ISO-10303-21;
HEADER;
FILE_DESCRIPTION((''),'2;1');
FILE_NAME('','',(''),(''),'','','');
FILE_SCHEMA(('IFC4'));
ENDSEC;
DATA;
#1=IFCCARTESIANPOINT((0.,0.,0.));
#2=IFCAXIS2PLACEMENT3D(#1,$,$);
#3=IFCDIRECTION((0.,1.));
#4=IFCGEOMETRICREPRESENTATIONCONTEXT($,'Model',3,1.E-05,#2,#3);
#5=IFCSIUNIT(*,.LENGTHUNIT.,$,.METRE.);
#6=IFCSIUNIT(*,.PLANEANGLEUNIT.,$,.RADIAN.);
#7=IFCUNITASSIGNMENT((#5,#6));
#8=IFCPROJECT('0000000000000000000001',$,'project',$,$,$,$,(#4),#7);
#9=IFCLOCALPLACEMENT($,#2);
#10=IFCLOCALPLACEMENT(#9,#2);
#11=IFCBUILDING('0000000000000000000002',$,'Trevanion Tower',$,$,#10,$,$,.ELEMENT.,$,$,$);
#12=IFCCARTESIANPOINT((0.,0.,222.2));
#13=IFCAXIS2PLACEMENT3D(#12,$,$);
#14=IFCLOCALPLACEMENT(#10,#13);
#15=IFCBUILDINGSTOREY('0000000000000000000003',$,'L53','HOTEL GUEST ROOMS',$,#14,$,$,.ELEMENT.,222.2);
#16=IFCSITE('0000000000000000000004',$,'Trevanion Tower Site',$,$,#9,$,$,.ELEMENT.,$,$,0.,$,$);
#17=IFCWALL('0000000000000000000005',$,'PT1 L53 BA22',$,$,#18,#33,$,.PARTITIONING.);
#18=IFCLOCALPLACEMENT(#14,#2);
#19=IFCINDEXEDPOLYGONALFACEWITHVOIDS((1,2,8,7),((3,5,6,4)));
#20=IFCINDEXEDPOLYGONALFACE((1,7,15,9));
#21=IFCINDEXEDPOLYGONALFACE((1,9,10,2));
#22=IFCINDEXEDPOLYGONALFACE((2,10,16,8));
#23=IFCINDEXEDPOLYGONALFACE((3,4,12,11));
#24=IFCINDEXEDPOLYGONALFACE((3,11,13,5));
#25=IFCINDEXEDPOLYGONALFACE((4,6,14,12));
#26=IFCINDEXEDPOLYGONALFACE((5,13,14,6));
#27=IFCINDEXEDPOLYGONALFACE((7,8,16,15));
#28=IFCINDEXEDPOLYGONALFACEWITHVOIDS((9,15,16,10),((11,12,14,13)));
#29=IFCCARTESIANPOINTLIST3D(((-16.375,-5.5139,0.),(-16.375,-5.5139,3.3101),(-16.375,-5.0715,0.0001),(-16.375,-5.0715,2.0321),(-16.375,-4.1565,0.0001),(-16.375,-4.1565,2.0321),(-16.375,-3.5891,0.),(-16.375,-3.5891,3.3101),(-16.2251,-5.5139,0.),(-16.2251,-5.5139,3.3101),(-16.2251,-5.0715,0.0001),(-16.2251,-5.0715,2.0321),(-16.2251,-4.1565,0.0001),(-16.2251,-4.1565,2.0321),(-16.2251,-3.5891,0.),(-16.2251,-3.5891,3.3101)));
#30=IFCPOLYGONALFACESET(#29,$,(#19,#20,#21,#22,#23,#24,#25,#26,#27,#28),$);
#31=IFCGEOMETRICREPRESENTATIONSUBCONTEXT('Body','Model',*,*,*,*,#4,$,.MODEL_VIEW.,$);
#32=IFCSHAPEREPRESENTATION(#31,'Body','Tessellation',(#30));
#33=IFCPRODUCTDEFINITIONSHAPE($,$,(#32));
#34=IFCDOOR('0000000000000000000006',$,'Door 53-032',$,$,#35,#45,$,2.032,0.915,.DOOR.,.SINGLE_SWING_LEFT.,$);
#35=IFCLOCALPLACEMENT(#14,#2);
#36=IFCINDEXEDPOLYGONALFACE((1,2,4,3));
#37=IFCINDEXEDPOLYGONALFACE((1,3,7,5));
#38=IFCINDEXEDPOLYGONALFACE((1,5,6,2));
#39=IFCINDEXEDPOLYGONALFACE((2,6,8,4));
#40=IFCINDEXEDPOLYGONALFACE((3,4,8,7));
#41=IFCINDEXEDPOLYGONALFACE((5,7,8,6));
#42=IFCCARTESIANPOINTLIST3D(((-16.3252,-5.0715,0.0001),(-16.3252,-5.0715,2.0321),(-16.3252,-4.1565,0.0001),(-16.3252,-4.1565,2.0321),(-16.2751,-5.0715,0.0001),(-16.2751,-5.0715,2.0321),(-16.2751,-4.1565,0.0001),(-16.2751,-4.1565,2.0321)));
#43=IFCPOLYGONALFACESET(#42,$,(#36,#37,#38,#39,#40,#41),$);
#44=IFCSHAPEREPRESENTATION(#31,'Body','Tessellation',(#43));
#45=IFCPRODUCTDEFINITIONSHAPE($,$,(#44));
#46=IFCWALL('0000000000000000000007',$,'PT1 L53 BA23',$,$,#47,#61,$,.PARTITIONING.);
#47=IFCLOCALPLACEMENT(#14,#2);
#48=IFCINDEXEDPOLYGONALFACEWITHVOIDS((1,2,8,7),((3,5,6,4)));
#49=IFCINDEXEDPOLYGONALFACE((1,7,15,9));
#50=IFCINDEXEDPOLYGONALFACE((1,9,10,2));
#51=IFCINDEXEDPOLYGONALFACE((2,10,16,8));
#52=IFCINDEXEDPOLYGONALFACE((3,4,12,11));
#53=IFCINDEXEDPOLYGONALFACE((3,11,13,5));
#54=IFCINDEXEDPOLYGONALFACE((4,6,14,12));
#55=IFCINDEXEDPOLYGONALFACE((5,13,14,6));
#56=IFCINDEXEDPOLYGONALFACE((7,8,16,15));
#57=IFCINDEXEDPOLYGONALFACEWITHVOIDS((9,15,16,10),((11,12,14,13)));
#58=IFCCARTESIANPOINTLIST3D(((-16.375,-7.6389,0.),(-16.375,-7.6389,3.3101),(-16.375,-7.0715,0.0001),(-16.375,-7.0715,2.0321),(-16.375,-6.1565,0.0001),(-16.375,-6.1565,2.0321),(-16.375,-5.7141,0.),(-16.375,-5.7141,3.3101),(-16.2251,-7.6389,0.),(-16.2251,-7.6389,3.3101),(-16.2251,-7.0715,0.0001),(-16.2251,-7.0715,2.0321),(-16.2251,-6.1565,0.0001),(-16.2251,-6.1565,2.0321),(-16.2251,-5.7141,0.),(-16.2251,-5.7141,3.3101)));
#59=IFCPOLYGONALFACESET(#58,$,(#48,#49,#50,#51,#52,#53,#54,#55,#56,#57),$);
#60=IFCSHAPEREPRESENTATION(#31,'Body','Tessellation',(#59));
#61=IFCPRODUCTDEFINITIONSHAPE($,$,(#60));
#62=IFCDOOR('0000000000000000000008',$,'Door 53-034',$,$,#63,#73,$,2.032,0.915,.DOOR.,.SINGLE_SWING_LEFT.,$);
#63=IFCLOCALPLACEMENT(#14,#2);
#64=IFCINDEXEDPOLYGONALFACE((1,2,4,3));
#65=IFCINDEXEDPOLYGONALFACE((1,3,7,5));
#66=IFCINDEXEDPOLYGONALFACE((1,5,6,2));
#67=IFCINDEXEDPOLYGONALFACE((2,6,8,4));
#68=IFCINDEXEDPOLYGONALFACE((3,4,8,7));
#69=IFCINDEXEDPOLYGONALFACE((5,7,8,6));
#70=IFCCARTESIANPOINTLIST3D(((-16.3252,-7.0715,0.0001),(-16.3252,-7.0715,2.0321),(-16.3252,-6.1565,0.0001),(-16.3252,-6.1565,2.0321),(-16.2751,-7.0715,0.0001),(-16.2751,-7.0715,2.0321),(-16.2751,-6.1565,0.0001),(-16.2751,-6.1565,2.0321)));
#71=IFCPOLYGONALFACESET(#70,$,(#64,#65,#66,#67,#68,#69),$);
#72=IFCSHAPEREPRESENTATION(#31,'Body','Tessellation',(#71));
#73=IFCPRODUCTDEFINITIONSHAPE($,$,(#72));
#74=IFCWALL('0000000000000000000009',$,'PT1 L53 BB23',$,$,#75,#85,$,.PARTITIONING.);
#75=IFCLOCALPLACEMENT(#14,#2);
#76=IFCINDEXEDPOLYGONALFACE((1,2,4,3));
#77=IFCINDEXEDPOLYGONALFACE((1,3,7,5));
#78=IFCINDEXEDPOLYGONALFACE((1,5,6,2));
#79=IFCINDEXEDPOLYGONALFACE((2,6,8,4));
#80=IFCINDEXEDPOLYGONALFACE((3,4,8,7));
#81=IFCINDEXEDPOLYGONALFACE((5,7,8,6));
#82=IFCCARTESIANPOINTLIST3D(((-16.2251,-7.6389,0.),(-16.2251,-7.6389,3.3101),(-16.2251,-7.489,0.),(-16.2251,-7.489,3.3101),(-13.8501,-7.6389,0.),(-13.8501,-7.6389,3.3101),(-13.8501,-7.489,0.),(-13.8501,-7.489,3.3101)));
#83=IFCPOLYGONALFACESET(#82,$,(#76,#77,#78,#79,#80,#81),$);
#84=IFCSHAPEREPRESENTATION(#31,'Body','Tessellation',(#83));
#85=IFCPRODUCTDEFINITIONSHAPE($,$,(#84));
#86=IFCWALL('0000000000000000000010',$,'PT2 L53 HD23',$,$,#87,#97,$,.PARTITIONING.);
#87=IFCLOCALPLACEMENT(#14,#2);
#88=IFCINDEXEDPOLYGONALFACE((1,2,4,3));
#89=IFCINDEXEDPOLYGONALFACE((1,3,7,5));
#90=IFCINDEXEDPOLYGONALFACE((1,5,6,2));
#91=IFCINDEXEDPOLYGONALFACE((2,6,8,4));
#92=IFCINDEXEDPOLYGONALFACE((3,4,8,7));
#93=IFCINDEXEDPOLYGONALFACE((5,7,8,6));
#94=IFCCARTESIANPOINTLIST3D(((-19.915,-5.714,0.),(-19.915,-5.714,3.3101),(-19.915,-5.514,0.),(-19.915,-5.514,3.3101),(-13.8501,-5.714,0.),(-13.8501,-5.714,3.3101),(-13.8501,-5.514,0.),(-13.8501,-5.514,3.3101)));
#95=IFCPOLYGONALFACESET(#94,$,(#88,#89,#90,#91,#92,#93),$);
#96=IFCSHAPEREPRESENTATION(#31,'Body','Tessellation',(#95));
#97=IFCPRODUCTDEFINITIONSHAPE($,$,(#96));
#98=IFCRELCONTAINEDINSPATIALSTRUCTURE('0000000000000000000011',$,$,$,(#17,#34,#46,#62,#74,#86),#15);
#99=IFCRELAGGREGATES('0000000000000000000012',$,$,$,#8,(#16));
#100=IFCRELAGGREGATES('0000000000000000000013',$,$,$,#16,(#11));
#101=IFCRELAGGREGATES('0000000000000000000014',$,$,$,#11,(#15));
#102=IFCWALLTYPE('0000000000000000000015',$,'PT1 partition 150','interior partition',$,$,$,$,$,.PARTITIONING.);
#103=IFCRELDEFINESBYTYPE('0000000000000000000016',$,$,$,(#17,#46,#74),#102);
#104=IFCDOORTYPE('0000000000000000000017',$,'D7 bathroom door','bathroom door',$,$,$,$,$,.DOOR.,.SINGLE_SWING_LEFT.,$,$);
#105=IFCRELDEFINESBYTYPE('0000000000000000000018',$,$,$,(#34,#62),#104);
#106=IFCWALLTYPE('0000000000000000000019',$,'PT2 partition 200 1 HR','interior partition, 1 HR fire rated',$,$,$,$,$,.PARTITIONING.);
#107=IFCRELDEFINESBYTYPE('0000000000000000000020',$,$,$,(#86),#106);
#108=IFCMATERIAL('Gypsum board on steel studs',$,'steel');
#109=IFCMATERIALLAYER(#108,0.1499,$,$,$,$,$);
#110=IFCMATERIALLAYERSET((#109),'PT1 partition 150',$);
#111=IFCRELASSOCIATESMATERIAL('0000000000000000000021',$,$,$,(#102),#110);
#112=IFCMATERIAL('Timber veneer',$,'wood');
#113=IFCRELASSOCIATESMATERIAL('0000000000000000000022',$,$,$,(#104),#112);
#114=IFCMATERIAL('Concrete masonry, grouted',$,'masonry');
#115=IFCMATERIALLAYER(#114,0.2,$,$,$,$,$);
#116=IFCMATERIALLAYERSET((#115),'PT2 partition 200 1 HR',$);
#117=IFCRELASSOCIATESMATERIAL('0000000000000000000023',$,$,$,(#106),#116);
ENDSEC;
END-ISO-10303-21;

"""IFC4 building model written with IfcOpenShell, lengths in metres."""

from ifc_helpers import new_model, si_unit, direction, frame, frame_2d, origin, place, context, subcontext, project, spatial, rectangle, extrude, material, layer, layer_set, type_object, element, fill, save


model = new_model("IFC4")

# Units and contexts
model_context = context("Model", 3, precision=1e-05, world=origin(), true_north=direction((0.0, 1.0)))
body_context = subcontext(model_context, "Body", "Model", "MODEL_VIEW")
ifc_project = project(units=[si_unit("LENGTHUNIT", "METRE"), si_unit("PLANEANGLEUNIT", "RADIAN")], contexts=[model_context])

# Site, building, storey
site_placement = place(None, origin())
site = spatial("IfcSite", under=ifc_project, at=site_placement, Name="Trevanion Tower Site", CompositionType="ELEMENT", RefElevation=0.0)
building_placement = place(site_placement, origin())
building = spatial("IfcBuilding", under=site, at=building_placement, Name="Trevanion Tower", CompositionType="ELEMENT")
storey_placement = place(building_placement, frame((0.0, 0.0, 222.2)))
storey = spatial("IfcBuildingStorey", under=building, at=storey_placement, Name="L53", Description="HOTEL GUEST ROOMS", CompositionType="ELEMENT", Elevation=222.2)

# Walls, openings, doors
ifc_material_1 = material(Name="Gypsum board on steel studs", Category="steel")
ifc_layer_1 = layer(ifc_material_1, 0.1499)
ifc_layer_set_1 = layer_set([ifc_layer_1], Name="PT1 partition 150")
wall_type_1 = type_object("IfcWallType", Name="PT1 partition 150", Description="interior partition", PredefinedType="PARTITIONING", material=ifc_layer_set_1)
wall_1_placement = place(storey_placement, frame((-16.3, -3.5891, 0.0), z_axis=(0.0, 0.0, 1.0), x_axis=(0.0, -1.0, 0.0)))
wall_1 = element("IfcWall", 1, at=wall_1_placement, inside=storey, type_object=wall_type_1, Name="PT1 L53 BA22", PredefinedType="PARTITIONING", context=body_context, shape_type="SweptSolid", body=[
    extrude(rectangle(XDim=1.9248, YDim=0.1499, at=frame_2d((0.9624, 0.0))), origin(), (0.0, 0.0, 1.0), 3.3101),
])
opening_1_placement = place(wall_1_placement, frame((0.5674, 0.0, 0.0)))
opening_1 = element("IfcOpeningElement", 2, at=opening_1_placement, cuts=wall_1, PredefinedType="OPENING", context=body_context, shape_type="SweptSolid", body=[
    extrude(rectangle(XDim=0.915, YDim=2.032, at=frame_2d((0.4575, 1.0161))), frame((0.0, 0.085, 0.0), z_axis=(0.0, -1.0, 0.0), x_axis=(1.0, 0.0, 0.0)), (0.0, 0.0, 1.0), 0.1699),
])
ifc_material_2 = material(Name="Timber veneer", Category="wood")
door_type = type_object("IfcDoorType", Name="D7 bathroom door", Description="bathroom door", OperationType="SINGLE_SWING_LEFT", PredefinedType="DOOR", material=ifc_material_2)
door_1_placement = place(opening_1_placement, origin())
door_1 = element("IfcDoor", 3, at=door_1_placement, inside=storey, type_object=door_type, Name="Door 53-032", OperationType="SINGLE_SWING_LEFT", OverallHeight=2.032, OverallWidth=0.915, PredefinedType="DOOR", context=body_context, shape_type="SweptSolid", body=[
    extrude(rectangle(XDim=0.915, YDim=2.032, at=frame_2d((0.4575, 1.0161))), frame((0.0, 0.0249, 0.0), z_axis=(0.0, -1.0, 0.0), x_axis=(1.0, 0.0, 0.0)), (0.0, 0.0, 1.0), 0.05),
])
fill(opening_1, door_1)
wall_2_placement = place(storey_placement, frame((-16.3, -5.7141, 0.0), z_axis=(0.0, 0.0, 1.0), x_axis=(0.0, -1.0, 0.0)))
wall_2 = element("IfcWall", 4, at=wall_2_placement, inside=storey, type_object=wall_type_1, Name="PT1 L53 BA23", PredefinedType="PARTITIONING", context=body_context, shape_type="SweptSolid", body=[
    extrude(rectangle(XDim=1.9248, YDim=0.1499, at=frame_2d((0.9624, 0.0))), origin(), (0.0, 0.0, 1.0), 3.3101),
])
opening_2_placement = place(wall_2_placement, frame((0.4424, 0.0, 0.0)))
opening_2 = element("IfcOpeningElement", 5, at=opening_2_placement, cuts=wall_2, PredefinedType="OPENING", context=body_context, shape_type="SweptSolid", body=[
    extrude(rectangle(XDim=0.915, YDim=2.032, at=frame_2d((0.4575, 1.0161))), frame((0.0, 0.085, 0.0), z_axis=(0.0, -1.0, 0.0), x_axis=(1.0, 0.0, 0.0)), (0.0, 0.0, 1.0), 0.1699),
])
door_2_placement = place(opening_2_placement, origin())
door_2 = element("IfcDoor", 6, at=door_2_placement, inside=storey, type_object=door_type, Name="Door 53-034", OperationType="SINGLE_SWING_LEFT", OverallHeight=2.032, OverallWidth=0.915, PredefinedType="DOOR", context=body_context, shape_type="SweptSolid", body=[
    extrude(rectangle(XDim=0.915, YDim=2.032, at=frame_2d((0.4575, 1.0161))), frame((0.0, 0.0249, 0.0), z_axis=(0.0, -1.0, 0.0), x_axis=(1.0, 0.0, 0.0)), (0.0, 0.0, 1.0), 0.05),
])
fill(opening_2, door_2)

# Walls
wall_3_placement = place(storey_placement, frame((-13.8501, -7.564, 0.0), z_axis=(0.0, 0.0, 1.0), x_axis=(-1.0, 0.0, 0.0)))
element("IfcWall", 7, at=wall_3_placement, inside=storey, type_object=wall_type_1, Name="PT1 L53 BB23", PredefinedType="PARTITIONING", context=body_context, shape_type="SweptSolid", body=[
    extrude(rectangle(XDim=2.375, YDim=0.1499, at=frame_2d((1.1875, 0.0))), origin(), (0.0, 0.0, 1.0), 3.3101),
])
ifc_material_3 = material(Name="Concrete masonry, grouted", Category="masonry")
ifc_layer_2 = layer(ifc_material_3, 0.2)
ifc_layer_set_2 = layer_set([ifc_layer_2], Name="PT2 partition 200 1 HR")
wall_type_2 = type_object("IfcWallType", Name="PT2 partition 200 1 HR", Description="interior partition, 1 HR fire rated", PredefinedType="PARTITIONING", material=ifc_layer_set_2)
wall_4_placement = place(storey_placement, frame((-13.8501, -5.614, 0.0), z_axis=(0.0, 0.0, 1.0), x_axis=(-1.0, 0.0, 0.0)))
element("IfcWall", 8, at=wall_4_placement, inside=storey, type_object=wall_type_2, Name="PT2 L53 HD23", PredefinedType="PARTITIONING", context=body_context, shape_type="SweptSolid", body=[
    extrude(rectangle(XDim=6.0649, YDim=0.2, at=frame_2d((3.0325, 0.0))), origin(), (0.0, 0.0, 1.0), 3.3101),
])

save(model, "model.ifc")
